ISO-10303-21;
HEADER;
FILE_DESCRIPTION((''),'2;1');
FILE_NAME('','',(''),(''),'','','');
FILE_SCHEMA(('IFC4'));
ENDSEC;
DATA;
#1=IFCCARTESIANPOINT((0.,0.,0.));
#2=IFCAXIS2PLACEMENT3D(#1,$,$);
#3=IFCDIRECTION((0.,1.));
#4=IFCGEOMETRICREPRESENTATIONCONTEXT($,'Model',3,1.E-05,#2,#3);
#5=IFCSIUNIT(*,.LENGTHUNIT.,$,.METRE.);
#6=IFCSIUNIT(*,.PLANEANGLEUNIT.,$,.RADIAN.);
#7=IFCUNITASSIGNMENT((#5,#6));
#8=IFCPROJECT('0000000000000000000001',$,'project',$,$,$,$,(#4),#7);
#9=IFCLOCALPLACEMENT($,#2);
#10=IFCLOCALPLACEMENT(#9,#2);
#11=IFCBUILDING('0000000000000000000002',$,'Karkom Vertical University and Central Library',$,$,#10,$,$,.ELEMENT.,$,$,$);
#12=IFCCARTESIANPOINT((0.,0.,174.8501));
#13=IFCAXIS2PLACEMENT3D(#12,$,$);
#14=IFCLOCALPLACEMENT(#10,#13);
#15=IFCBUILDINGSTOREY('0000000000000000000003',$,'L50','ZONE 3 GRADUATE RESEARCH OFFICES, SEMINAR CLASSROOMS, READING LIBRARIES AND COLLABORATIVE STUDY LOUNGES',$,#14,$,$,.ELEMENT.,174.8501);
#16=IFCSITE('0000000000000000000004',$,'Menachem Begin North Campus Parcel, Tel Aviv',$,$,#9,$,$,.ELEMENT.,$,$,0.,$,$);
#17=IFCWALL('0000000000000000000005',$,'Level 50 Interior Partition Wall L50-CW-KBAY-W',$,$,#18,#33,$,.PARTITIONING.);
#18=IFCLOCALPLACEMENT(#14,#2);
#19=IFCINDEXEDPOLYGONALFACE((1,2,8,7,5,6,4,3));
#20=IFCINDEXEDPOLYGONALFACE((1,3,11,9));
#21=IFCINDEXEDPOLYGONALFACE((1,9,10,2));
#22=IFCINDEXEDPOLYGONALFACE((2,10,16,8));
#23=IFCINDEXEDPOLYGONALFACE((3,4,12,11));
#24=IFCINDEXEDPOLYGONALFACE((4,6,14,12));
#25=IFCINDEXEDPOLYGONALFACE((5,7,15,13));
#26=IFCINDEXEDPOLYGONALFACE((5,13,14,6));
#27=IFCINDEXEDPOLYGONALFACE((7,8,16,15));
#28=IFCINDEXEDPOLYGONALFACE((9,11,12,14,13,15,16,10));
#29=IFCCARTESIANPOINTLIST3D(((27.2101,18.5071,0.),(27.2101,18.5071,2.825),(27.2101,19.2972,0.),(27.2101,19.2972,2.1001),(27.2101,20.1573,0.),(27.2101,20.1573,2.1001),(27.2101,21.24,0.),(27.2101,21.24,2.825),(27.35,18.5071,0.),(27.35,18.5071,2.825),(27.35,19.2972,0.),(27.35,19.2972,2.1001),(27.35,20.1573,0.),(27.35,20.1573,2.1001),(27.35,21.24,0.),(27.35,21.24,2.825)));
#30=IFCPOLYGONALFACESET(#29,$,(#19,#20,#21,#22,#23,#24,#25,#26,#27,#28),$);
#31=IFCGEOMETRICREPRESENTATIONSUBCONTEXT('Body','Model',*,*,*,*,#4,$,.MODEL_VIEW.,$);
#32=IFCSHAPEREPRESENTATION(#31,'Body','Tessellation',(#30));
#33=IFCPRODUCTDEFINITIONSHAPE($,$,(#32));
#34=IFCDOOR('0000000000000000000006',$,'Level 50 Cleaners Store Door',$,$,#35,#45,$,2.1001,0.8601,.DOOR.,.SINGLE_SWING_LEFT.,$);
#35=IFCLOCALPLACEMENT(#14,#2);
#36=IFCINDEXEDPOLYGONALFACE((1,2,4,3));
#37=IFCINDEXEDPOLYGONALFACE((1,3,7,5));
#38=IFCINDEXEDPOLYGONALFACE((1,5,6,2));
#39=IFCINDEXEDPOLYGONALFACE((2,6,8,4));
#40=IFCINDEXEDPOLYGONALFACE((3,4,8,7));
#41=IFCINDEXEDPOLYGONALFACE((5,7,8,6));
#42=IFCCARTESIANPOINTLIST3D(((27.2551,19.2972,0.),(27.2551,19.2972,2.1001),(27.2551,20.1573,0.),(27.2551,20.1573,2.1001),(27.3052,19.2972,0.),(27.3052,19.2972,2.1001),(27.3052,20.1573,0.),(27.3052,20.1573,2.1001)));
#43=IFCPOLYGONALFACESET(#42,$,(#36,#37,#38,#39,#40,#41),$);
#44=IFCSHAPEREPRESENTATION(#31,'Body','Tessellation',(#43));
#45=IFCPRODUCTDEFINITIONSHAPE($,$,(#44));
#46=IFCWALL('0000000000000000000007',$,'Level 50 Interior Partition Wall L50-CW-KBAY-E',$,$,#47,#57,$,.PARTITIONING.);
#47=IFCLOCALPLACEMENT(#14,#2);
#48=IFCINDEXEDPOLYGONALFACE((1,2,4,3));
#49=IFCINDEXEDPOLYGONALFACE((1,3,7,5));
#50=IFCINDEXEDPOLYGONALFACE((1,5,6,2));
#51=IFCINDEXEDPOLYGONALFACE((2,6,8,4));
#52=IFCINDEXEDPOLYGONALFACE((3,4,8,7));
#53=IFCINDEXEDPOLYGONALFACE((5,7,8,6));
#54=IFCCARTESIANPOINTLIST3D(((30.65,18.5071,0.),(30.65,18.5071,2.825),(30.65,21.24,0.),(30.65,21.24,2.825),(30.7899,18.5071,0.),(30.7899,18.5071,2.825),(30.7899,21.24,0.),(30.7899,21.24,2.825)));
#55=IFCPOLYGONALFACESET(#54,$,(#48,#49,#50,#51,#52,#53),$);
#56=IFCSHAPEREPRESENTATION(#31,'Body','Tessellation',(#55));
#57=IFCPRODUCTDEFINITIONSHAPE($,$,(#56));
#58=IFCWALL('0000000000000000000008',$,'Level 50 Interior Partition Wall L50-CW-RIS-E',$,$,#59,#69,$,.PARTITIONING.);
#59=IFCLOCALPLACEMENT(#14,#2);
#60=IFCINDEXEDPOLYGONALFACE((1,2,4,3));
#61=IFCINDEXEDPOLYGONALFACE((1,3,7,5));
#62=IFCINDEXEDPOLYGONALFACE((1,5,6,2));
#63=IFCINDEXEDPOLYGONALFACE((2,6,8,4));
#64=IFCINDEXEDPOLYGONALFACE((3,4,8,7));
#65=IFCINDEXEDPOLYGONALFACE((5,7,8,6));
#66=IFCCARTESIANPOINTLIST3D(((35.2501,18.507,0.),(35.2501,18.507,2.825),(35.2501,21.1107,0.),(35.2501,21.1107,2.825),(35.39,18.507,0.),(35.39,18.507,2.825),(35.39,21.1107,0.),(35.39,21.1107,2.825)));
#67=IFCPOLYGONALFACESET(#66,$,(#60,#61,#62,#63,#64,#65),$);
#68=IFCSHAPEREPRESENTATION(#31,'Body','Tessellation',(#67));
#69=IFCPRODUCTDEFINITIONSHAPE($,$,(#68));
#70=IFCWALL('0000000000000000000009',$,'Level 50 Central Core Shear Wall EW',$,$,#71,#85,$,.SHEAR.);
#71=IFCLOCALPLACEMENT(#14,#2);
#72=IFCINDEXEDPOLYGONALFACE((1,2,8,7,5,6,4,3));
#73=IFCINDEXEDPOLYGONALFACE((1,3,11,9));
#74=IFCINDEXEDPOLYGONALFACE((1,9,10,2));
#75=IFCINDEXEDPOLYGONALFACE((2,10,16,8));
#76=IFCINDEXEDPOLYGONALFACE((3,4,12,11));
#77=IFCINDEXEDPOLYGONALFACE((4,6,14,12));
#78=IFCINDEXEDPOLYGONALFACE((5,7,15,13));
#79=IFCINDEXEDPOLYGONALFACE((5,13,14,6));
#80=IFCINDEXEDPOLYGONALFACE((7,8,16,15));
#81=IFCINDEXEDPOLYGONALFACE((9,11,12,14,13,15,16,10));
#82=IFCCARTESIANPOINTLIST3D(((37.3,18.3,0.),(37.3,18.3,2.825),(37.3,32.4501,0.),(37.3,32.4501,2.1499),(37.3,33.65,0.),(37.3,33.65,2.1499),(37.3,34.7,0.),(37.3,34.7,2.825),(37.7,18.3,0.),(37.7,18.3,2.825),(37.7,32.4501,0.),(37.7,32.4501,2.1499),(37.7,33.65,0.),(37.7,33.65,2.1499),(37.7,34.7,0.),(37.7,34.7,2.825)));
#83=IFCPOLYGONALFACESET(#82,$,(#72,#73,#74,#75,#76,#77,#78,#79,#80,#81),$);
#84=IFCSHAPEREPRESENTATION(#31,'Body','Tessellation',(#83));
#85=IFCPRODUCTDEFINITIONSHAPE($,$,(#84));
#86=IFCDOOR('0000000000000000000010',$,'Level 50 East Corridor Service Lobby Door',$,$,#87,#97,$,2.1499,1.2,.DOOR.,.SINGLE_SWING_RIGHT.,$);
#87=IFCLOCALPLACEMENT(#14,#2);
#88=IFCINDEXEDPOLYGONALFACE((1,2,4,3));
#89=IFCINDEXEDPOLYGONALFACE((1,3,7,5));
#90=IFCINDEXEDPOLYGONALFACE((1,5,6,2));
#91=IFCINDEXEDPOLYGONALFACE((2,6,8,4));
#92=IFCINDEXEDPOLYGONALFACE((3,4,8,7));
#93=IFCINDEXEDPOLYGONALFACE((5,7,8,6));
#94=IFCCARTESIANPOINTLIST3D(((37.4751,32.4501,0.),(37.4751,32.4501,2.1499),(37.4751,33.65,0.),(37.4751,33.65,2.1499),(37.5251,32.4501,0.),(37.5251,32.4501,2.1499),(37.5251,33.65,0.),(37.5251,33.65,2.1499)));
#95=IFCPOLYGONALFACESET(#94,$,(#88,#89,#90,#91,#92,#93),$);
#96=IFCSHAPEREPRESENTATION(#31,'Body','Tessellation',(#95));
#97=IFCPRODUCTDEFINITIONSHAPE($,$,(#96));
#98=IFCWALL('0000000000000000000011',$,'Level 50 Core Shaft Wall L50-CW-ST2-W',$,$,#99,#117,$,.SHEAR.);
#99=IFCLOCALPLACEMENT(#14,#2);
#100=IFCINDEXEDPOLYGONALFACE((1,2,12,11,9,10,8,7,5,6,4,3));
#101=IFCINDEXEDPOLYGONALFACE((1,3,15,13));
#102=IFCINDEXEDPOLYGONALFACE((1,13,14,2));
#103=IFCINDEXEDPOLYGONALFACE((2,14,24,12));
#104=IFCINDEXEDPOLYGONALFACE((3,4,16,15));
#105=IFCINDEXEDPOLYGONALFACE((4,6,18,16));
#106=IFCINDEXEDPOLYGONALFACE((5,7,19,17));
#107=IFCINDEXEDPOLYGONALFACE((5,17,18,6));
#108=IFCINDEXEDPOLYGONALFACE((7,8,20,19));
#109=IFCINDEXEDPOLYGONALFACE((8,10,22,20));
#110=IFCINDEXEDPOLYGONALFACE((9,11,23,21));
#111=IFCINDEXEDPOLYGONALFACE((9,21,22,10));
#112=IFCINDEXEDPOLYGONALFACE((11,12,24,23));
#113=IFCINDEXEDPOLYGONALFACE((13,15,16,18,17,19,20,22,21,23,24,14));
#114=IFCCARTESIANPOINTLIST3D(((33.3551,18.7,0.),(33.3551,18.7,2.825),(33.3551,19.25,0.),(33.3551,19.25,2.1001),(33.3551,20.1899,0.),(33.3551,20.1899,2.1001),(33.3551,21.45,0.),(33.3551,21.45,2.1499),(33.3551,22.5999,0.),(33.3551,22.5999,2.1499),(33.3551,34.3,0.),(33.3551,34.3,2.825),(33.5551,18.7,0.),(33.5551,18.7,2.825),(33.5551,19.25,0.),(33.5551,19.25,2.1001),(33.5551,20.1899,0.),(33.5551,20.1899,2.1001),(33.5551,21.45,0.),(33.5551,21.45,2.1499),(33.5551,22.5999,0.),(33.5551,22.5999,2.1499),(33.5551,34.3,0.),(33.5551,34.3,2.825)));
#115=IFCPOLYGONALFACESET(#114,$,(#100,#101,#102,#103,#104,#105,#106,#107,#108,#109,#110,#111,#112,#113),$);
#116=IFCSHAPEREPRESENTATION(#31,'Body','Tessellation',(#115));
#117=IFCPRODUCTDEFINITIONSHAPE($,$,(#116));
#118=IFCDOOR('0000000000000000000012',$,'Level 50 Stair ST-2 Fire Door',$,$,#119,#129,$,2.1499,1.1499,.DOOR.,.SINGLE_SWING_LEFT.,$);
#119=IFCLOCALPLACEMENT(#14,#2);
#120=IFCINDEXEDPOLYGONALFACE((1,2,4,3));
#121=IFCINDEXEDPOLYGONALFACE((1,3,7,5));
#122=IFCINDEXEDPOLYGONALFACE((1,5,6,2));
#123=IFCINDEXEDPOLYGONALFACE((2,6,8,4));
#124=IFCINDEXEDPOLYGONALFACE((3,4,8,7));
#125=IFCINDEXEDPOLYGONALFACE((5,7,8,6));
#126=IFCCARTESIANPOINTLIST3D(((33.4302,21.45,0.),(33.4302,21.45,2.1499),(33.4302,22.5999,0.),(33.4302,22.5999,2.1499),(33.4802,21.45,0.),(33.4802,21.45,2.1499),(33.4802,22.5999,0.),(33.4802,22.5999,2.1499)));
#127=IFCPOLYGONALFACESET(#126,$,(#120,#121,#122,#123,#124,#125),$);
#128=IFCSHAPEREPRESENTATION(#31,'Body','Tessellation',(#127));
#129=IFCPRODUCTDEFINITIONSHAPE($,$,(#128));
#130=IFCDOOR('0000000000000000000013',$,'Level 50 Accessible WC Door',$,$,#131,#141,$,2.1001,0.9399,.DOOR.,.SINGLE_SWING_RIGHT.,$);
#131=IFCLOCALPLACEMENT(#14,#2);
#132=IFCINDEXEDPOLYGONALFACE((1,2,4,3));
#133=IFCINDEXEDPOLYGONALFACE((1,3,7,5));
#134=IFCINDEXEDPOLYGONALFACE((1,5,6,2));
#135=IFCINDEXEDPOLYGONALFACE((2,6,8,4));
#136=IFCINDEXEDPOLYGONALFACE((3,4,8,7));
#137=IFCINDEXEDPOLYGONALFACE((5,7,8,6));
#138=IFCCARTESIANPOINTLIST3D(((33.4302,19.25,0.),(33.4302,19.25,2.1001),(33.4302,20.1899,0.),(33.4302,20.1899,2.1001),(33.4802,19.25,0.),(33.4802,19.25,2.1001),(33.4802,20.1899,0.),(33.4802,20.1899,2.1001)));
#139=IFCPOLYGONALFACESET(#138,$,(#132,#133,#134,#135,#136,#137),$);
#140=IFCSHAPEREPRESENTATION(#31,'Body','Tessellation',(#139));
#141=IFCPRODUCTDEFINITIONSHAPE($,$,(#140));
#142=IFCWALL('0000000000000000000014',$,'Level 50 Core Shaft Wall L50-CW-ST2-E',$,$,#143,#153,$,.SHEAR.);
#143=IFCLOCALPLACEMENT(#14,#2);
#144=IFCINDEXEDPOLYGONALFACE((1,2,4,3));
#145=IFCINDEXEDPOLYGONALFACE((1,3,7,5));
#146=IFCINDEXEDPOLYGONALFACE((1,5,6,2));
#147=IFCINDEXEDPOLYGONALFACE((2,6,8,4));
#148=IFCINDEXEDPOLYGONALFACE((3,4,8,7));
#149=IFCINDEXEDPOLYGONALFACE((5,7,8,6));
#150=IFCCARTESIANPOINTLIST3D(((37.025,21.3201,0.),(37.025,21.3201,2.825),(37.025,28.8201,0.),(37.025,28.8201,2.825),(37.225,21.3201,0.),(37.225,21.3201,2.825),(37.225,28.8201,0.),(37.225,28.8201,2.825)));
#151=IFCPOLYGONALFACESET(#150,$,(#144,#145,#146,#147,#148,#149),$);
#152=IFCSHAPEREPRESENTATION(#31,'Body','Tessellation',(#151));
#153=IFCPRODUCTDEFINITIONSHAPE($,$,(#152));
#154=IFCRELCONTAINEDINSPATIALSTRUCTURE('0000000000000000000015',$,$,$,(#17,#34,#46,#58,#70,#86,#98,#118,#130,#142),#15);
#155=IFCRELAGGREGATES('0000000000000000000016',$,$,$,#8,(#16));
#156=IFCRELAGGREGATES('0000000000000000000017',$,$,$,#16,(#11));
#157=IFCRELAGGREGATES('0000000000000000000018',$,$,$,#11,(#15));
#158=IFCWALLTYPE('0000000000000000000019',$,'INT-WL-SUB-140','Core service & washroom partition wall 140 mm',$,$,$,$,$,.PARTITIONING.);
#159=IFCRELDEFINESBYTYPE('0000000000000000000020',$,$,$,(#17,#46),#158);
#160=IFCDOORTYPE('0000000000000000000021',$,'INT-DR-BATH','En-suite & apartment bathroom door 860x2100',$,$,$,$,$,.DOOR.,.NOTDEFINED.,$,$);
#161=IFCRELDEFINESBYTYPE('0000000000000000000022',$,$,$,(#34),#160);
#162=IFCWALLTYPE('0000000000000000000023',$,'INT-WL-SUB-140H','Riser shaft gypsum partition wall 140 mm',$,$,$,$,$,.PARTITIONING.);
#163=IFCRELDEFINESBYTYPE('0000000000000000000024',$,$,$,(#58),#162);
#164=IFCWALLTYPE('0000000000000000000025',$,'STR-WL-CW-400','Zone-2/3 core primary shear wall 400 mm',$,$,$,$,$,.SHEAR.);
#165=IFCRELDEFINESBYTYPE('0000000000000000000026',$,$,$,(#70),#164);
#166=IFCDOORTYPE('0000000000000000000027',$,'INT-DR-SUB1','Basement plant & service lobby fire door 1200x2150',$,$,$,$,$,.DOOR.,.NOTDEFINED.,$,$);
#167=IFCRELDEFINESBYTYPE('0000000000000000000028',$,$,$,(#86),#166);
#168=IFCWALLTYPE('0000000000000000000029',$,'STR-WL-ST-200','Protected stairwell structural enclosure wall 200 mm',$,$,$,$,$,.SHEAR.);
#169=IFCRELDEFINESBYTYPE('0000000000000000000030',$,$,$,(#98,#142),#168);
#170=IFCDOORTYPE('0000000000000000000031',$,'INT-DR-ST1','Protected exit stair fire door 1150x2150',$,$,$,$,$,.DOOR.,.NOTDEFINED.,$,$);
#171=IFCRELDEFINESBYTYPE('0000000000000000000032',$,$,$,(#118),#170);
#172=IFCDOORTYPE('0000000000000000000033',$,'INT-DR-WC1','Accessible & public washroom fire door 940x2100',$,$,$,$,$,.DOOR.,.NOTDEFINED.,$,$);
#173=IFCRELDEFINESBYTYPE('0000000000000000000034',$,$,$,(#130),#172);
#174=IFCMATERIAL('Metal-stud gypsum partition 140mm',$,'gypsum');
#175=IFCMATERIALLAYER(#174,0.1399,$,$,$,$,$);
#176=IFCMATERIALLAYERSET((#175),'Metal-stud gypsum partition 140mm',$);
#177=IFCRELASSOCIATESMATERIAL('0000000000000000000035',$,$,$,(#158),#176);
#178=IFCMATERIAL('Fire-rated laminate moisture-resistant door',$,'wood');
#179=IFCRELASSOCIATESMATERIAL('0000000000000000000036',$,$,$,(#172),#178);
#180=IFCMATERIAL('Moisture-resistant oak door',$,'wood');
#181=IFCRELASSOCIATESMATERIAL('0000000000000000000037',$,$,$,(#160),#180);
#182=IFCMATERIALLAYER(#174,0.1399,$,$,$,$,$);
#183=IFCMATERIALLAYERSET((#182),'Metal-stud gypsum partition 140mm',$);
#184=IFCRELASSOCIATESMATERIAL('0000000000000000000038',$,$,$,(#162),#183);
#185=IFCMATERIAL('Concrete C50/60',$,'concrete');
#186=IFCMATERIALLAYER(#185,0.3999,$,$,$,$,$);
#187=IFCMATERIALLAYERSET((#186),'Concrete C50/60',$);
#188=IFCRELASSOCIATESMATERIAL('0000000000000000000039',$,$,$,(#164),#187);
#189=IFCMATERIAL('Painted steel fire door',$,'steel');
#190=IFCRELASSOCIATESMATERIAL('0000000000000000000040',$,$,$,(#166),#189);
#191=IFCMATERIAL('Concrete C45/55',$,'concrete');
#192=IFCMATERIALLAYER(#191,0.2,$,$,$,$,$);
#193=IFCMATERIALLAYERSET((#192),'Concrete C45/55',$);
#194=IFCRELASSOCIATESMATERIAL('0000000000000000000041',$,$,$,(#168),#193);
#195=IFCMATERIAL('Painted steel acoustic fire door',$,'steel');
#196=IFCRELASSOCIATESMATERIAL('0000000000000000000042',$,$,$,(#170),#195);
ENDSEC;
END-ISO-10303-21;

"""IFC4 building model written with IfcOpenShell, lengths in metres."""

from ifc_helpers import new_model, si_unit, direction, frame, frame_2d, origin, origin_with_axes, place, context, subcontext, project, spatial, rectangle, extrude, source, transform, mapped, material, layer, layer_set, type_object, element, fill, save


model = new_model("IFC4")

# Units and contexts
model_context = context("Model", 3, precision=1e-05, world=origin(), true_north=direction((0.0, 1.0)))
body_context = subcontext(model_context, "Body", "Model", "MODEL_VIEW")
ifc_project = project(units=[si_unit("LENGTHUNIT", "METRE"), si_unit("PLANEANGLEUNIT", "RADIAN")], contexts=[model_context])

# Site, building, storey
site_placement = place(None, origin())
site = spatial("IfcSite", under=ifc_project, at=site_placement, Name="Menachem Begin North Campus Parcel, Tel Aviv", CompositionType="ELEMENT", RefElevation=0.0)
building_placement = place(site_placement, origin())
building = spatial("IfcBuilding", under=site, at=building_placement, Name="Karkom Vertical University and Central Library", CompositionType="ELEMENT")
storey_placement = place(building_placement, frame((0.0, 0.0, 174.8501)))
storey = spatial("IfcBuildingStorey", under=building, at=storey_placement, Name="L50", Description="ZONE 3 GRADUATE RESEARCH OFFICES, SEMINAR CLASSROOMS, READING LIBRARIES AND COLLABORATIVE STUDY LOUNGES", CompositionType="ELEMENT", Elevation=174.8501)

# Shared definitions
ifc_material_1 = material(Name="Concrete C50/60", Category="concrete")

# Wall, opening, door
ifc_material_2 = material(Name="Metal-stud gypsum partition 140mm", Category="gypsum")
ifc_layer_1 = layer(ifc_material_2, 0.1399)
ifc_layer_set_1 = layer_set([ifc_layer_1], Name="Metal-stud gypsum partition 140mm")
wall_type_1 = type_object("IfcWallType", Name="INT-WL-SUB-140", Description="Core service & washroom partition wall 140 mm", PredefinedType="PARTITIONING", material=ifc_layer_set_1)
ifc_material_3 = material(Name="Fire-rated laminate moisture-resistant door", Category="wood")
door_type_1 = type_object("IfcDoorType", Name="INT-DR-WC1", Description="Accessible & public washroom fire door 940x2100", OperationType="NOTDEFINED", PredefinedType="DOOR", material=ifc_material_3)
shared_shape_1 = source(origin_with_axes(), body_context, "Body", "SweptSolid", [
    extrude(rectangle(XDim=0.9399, YDim=2.1001, at=frame_2d((0.47, 1.05))), frame((0.0, 0.0249, 0.0), z_axis=(0.0, -1.0, 0.0), x_axis=(1.0, 0.0, 0.0)), (0.0, 0.0, 1.0), 0.05),
])
wall_1_placement = place(storey_placement, frame((27.28, 18.5071, 0.0), z_axis=(0.0, 0.0, 1.0), x_axis=(0.0, 1.0, 0.0)))
wall_1 = element("IfcWall", 1, at=wall_1_placement, inside=storey, type_object=wall_type_1, Name="Level 50 Interior Partition Wall L50-CW-KBAY-W", PredefinedType="PARTITIONING", context=body_context, shape_type="SweptSolid", body=[
    extrude(rectangle(XDim=2.7329, YDim=0.1399, at=frame_2d((1.3665, 0.0))), origin(), (0.0, 0.0, 1.0), 2.825),
])
opening_1_placement = place(wall_1_placement, frame((0.79, 0.0, 0.0)))
opening_1 = element("IfcOpeningElement", 2, at=opening_1_placement, cuts=wall_1, PredefinedType="OPENING", context=body_context, shape_type="SweptSolid", body=[
    extrude(rectangle(XDim=0.8601, YDim=2.1001, at=frame_2d((0.4302, 1.05))), frame((0.0, 0.0801, 0.0), z_axis=(0.0, -1.0, 0.0), x_axis=(1.0, 0.0, 0.0)), (0.0, 0.0, 1.0), 0.1599),
])
ifc_material_4 = material(Name="Moisture-resistant oak door", Category="wood")
door_type_2 = type_object("IfcDoorType", Name="INT-DR-BATH", Description="En-suite & apartment bathroom door 860x2100", OperationType="NOTDEFINED", PredefinedType="DOOR", material=ifc_material_4)
shared_shape_2 = source(origin_with_axes(), body_context, "Body", "SweptSolid", [
    extrude(rectangle(XDim=0.8601, YDim=2.1001, at=frame_2d((0.4302, 1.05))), frame((0.0, 0.0249, 0.0), z_axis=(0.0, -1.0, 0.0), x_axis=(1.0, 0.0, 0.0)), (0.0, 0.0, 1.0), 0.05),
])
door_1_placement = place(opening_1_placement, origin())
door_1 = element("IfcDoor", 3, at=door_1_placement, inside=storey, type_object=door_type_2, Name="Level 50 Cleaners Store Door", OperationType="SINGLE_SWING_LEFT", OverallHeight=2.1001, OverallWidth=0.8601, PredefinedType="DOOR", context=body_context, shape_type="MappedRepresentation", body=[
    mapped(shared_shape_2, transform((0.0, 0.0, 0.0), scale=1.0)),
])
fill(opening_1, door_1)

# Walls
wall_2_placement = place(storey_placement, frame((30.72, 18.5071, 0.0), z_axis=(0.0, 0.0, 1.0), x_axis=(0.0, 1.0, 0.0)))
element("IfcWall", 4, at=wall_2_placement, inside=storey, type_object=wall_type_1, Name="Level 50 Interior Partition Wall L50-CW-KBAY-E", PredefinedType="PARTITIONING", context=body_context, shape_type="SweptSolid", body=[
    extrude(rectangle(XDim=2.7329, YDim=0.1399, at=frame_2d((1.3665, 0.0))), origin(), (0.0, 0.0, 1.0), 2.825),
])
ifc_layer_2 = layer(ifc_material_2, 0.1399)
ifc_layer_set_2 = layer_set([ifc_layer_2], Name="Metal-stud gypsum partition 140mm")
wall_type_2 = type_object("IfcWallType", Name="INT-WL-SUB-140H", Description="Riser shaft gypsum partition wall 140 mm", PredefinedType="PARTITIONING", material=ifc_layer_set_2)
wall_3_placement = place(storey_placement, frame((35.3201, 18.5071, 0.0), z_axis=(0.0, 0.0, 1.0), x_axis=(0.0, 1.0, 0.0)))
element("IfcWall", 5, at=wall_3_placement, inside=storey, type_object=wall_type_2, Name="Level 50 Interior Partition Wall L50-CW-RIS-E", PredefinedType="PARTITIONING", context=body_context, shape_type="SweptSolid", body=[
    extrude(rectangle(XDim=2.6038, YDim=0.1399, at=frame_2d((1.3018, 0.0))), origin(), (0.0, 0.0, 1.0), 2.825),
])

# Wall, opening, door
ifc_layer_3 = layer(ifc_material_1, 0.3999)
ifc_layer_set_3 = layer_set([ifc_layer_3], Name="Concrete C50/60")
wall_type_3 = type_object("IfcWallType", Name="STR-WL-CW-400", Description="Zone-2/3 core primary shear wall 400 mm", PredefinedType="SHEAR", material=ifc_layer_set_3)
wall_4_placement = place(storey_placement, frame((37.5, 18.3, 0.0), z_axis=(0.0, 0.0, 1.0), x_axis=(0.0, 1.0, 0.0)))
wall_4 = element("IfcWall", 6, at=wall_4_placement, inside=storey, type_object=wall_type_3, Name="Level 50 Central Core Shear Wall EW", PredefinedType="SHEAR", context=body_context, shape_type="SweptSolid", body=[
    extrude(rectangle(XDim=16.3999, YDim=0.3999, at=frame_2d((8.2, 0.0))), origin(), (0.0, 0.0, 1.0), 2.825),
])
opening_2_placement = place(wall_4_placement, frame((14.1499, 0.0, 0.0)))
opening_2 = element("IfcOpeningElement", 7, at=opening_2_placement, cuts=wall_4, PredefinedType="OPENING", context=body_context, shape_type="SweptSolid", body=[
    extrude(rectangle(XDim=1.2, YDim=2.1499, at=frame_2d((0.6001, 1.075))), frame((0.0, 0.21, 0.0), z_axis=(0.0, -1.0, 0.0), x_axis=(1.0, 0.0, 0.0)), (0.0, 0.0, 1.0), 0.4199),
])
ifc_material_5 = material(Name="Painted steel fire door", Category="steel")
door_type_3 = type_object("IfcDoorType", Name="INT-DR-SUB1", Description="Basement plant & service lobby fire door 1200x2150", OperationType="NOTDEFINED", PredefinedType="DOOR", material=ifc_material_5)
shared_shape_3 = source(origin_with_axes(), body_context, "Body", "SweptSolid", [
    extrude(rectangle(XDim=1.2, YDim=2.1499, at=frame_2d((0.6001, 1.075))), frame((0.0, 0.0249, 0.0), z_axis=(0.0, -1.0, 0.0), x_axis=(1.0, 0.0, 0.0)), (0.0, 0.0, 1.0), 0.05),
])
door_2_placement = place(opening_2_placement, origin())
door_2 = element("IfcDoor", 8, at=door_2_placement, inside=storey, type_object=door_type_3, Name="Level 50 East Corridor Service Lobby Door", OperationType="SINGLE_SWING_RIGHT", OverallHeight=2.1499, OverallWidth=1.2, PredefinedType="DOOR", context=body_context, shape_type="MappedRepresentation", body=[
    mapped(shared_shape_3, transform((0.0, 0.0, 0.0), scale=1.0)),
])
fill(opening_2, door_2)

# Wall, openings, doors
ifc_material_6 = material(Name="Concrete C45/55", Category="concrete")
ifc_layer_4 = layer(ifc_material_6, 0.2)
ifc_layer_set_4 = layer_set([ifc_layer_4], Name="Concrete C45/55")
wall_type_4 = type_object("IfcWallType", Name="STR-WL-ST-200", Description="Protected stairwell structural enclosure wall 200 mm", PredefinedType="SHEAR", material=ifc_layer_set_4)
wall_5_placement = place(storey_placement, frame((33.4551, 18.7, 0.0), z_axis=(0.0, 0.0, 1.0), x_axis=(0.0, 1.0, 0.0)))
wall_5 = element("IfcWall", 9, at=wall_5_placement, inside=storey, type_object=wall_type_4, Name="Level 50 Core Shaft Wall L50-CW-ST2-W", PredefinedType="SHEAR", context=body_context, shape_type="SweptSolid", body=[
    extrude(rectangle(XDim=15.6001, YDim=0.2, at=frame_2d((7.8, 0.0))), origin(), (0.0, 0.0, 1.0), 2.825),
])
opening_3_placement = place(wall_5_placement, frame((2.75, 0.0, 0.0)))
opening_3 = element("IfcOpeningElement", 10, at=opening_3_placement, cuts=wall_5, PredefinedType="OPENING", context=body_context, shape_type="SweptSolid", body=[
    extrude(rectangle(XDim=1.1499, YDim=2.1499, at=frame_2d((0.575, 1.075))), frame((0.0, 0.1099, 0.0), z_axis=(0.0, -1.0, 0.0), x_axis=(1.0, 0.0, 0.0)), (0.0, 0.0, 1.0), 0.22),
])
opening_4_placement = place(wall_5_placement, frame((0.55, 0.0, 0.0)))
opening_4 = element("IfcOpeningElement", 11, at=opening_4_placement, cuts=wall_5, PredefinedType="OPENING", context=body_context, shape_type="SweptSolid", body=[
    extrude(rectangle(XDim=0.9399, YDim=2.1001, at=frame_2d((0.47, 1.05))), frame((0.0, 0.1099, 0.0), z_axis=(0.0, -1.0, 0.0), x_axis=(1.0, 0.0, 0.0)), (0.0, 0.0, 1.0), 0.22),
])
ifc_material_7 = material(Name="Painted steel acoustic fire door", Category="steel")
door_type_4 = type_object("IfcDoorType", Name="INT-DR-ST1", Description="Protected exit stair fire door 1150x2150", OperationType="NOTDEFINED", PredefinedType="DOOR", material=ifc_material_7)
shared_shape_4 = source(origin_with_axes(), body_context, "Body", "SweptSolid", [
    extrude(rectangle(XDim=1.1499, YDim=2.1499, at=frame_2d((0.575, 1.075))), frame((0.0, 0.0249, 0.0), z_axis=(0.0, -1.0, 0.0), x_axis=(1.0, 0.0, 0.0)), (0.0, 0.0, 1.0), 0.05),
])
door_3_placement = place(opening_3_placement, origin())
door_3 = element("IfcDoor", 12, at=door_3_placement, inside=storey, type_object=door_type_4, Name="Level 50 Stair ST-2 Fire Door", OperationType="SINGLE_SWING_LEFT", OverallHeight=2.1499, OverallWidth=1.1499, PredefinedType="DOOR", context=body_context, shape_type="MappedRepresentation", body=[
    mapped(shared_shape_4, transform((0.0, 0.0, 0.0), scale=1.0)),
])
fill(opening_3, door_3)
door_4_placement = place(opening_4_placement, origin())
door_4 = element("IfcDoor", 13, at=door_4_placement, inside=storey, type_object=door_type_1, Name="Level 50 Accessible WC Door", OperationType="SINGLE_SWING_RIGHT", OverallHeight=2.1001, OverallWidth=0.9399, PredefinedType="DOOR", context=body_context, shape_type="MappedRepresentation", body=[
    mapped(shared_shape_1, transform((0.0, 0.0, 0.0), scale=1.0)),
])
fill(opening_4, door_4)

# Wall
wall_6_placement = place(storey_placement, frame((37.125, 21.3201, 0.0), z_axis=(0.0, 0.0, 1.0), x_axis=(0.0, 1.0, 0.0)))
element("IfcWall", 14, at=wall_6_placement, inside=storey, type_object=wall_type_4, Name="Level 50 Core Shaft Wall L50-CW-ST2-E", PredefinedType="SHEAR", context=body_context, shape_type="SweptSolid", body=[
    extrude(rectangle(XDim=7.5, YDim=0.2, at=frame_2d((3.75, 0.0))), origin(), (0.0, 0.0, 1.0), 2.825),
])

save(model, "model.ifc")
